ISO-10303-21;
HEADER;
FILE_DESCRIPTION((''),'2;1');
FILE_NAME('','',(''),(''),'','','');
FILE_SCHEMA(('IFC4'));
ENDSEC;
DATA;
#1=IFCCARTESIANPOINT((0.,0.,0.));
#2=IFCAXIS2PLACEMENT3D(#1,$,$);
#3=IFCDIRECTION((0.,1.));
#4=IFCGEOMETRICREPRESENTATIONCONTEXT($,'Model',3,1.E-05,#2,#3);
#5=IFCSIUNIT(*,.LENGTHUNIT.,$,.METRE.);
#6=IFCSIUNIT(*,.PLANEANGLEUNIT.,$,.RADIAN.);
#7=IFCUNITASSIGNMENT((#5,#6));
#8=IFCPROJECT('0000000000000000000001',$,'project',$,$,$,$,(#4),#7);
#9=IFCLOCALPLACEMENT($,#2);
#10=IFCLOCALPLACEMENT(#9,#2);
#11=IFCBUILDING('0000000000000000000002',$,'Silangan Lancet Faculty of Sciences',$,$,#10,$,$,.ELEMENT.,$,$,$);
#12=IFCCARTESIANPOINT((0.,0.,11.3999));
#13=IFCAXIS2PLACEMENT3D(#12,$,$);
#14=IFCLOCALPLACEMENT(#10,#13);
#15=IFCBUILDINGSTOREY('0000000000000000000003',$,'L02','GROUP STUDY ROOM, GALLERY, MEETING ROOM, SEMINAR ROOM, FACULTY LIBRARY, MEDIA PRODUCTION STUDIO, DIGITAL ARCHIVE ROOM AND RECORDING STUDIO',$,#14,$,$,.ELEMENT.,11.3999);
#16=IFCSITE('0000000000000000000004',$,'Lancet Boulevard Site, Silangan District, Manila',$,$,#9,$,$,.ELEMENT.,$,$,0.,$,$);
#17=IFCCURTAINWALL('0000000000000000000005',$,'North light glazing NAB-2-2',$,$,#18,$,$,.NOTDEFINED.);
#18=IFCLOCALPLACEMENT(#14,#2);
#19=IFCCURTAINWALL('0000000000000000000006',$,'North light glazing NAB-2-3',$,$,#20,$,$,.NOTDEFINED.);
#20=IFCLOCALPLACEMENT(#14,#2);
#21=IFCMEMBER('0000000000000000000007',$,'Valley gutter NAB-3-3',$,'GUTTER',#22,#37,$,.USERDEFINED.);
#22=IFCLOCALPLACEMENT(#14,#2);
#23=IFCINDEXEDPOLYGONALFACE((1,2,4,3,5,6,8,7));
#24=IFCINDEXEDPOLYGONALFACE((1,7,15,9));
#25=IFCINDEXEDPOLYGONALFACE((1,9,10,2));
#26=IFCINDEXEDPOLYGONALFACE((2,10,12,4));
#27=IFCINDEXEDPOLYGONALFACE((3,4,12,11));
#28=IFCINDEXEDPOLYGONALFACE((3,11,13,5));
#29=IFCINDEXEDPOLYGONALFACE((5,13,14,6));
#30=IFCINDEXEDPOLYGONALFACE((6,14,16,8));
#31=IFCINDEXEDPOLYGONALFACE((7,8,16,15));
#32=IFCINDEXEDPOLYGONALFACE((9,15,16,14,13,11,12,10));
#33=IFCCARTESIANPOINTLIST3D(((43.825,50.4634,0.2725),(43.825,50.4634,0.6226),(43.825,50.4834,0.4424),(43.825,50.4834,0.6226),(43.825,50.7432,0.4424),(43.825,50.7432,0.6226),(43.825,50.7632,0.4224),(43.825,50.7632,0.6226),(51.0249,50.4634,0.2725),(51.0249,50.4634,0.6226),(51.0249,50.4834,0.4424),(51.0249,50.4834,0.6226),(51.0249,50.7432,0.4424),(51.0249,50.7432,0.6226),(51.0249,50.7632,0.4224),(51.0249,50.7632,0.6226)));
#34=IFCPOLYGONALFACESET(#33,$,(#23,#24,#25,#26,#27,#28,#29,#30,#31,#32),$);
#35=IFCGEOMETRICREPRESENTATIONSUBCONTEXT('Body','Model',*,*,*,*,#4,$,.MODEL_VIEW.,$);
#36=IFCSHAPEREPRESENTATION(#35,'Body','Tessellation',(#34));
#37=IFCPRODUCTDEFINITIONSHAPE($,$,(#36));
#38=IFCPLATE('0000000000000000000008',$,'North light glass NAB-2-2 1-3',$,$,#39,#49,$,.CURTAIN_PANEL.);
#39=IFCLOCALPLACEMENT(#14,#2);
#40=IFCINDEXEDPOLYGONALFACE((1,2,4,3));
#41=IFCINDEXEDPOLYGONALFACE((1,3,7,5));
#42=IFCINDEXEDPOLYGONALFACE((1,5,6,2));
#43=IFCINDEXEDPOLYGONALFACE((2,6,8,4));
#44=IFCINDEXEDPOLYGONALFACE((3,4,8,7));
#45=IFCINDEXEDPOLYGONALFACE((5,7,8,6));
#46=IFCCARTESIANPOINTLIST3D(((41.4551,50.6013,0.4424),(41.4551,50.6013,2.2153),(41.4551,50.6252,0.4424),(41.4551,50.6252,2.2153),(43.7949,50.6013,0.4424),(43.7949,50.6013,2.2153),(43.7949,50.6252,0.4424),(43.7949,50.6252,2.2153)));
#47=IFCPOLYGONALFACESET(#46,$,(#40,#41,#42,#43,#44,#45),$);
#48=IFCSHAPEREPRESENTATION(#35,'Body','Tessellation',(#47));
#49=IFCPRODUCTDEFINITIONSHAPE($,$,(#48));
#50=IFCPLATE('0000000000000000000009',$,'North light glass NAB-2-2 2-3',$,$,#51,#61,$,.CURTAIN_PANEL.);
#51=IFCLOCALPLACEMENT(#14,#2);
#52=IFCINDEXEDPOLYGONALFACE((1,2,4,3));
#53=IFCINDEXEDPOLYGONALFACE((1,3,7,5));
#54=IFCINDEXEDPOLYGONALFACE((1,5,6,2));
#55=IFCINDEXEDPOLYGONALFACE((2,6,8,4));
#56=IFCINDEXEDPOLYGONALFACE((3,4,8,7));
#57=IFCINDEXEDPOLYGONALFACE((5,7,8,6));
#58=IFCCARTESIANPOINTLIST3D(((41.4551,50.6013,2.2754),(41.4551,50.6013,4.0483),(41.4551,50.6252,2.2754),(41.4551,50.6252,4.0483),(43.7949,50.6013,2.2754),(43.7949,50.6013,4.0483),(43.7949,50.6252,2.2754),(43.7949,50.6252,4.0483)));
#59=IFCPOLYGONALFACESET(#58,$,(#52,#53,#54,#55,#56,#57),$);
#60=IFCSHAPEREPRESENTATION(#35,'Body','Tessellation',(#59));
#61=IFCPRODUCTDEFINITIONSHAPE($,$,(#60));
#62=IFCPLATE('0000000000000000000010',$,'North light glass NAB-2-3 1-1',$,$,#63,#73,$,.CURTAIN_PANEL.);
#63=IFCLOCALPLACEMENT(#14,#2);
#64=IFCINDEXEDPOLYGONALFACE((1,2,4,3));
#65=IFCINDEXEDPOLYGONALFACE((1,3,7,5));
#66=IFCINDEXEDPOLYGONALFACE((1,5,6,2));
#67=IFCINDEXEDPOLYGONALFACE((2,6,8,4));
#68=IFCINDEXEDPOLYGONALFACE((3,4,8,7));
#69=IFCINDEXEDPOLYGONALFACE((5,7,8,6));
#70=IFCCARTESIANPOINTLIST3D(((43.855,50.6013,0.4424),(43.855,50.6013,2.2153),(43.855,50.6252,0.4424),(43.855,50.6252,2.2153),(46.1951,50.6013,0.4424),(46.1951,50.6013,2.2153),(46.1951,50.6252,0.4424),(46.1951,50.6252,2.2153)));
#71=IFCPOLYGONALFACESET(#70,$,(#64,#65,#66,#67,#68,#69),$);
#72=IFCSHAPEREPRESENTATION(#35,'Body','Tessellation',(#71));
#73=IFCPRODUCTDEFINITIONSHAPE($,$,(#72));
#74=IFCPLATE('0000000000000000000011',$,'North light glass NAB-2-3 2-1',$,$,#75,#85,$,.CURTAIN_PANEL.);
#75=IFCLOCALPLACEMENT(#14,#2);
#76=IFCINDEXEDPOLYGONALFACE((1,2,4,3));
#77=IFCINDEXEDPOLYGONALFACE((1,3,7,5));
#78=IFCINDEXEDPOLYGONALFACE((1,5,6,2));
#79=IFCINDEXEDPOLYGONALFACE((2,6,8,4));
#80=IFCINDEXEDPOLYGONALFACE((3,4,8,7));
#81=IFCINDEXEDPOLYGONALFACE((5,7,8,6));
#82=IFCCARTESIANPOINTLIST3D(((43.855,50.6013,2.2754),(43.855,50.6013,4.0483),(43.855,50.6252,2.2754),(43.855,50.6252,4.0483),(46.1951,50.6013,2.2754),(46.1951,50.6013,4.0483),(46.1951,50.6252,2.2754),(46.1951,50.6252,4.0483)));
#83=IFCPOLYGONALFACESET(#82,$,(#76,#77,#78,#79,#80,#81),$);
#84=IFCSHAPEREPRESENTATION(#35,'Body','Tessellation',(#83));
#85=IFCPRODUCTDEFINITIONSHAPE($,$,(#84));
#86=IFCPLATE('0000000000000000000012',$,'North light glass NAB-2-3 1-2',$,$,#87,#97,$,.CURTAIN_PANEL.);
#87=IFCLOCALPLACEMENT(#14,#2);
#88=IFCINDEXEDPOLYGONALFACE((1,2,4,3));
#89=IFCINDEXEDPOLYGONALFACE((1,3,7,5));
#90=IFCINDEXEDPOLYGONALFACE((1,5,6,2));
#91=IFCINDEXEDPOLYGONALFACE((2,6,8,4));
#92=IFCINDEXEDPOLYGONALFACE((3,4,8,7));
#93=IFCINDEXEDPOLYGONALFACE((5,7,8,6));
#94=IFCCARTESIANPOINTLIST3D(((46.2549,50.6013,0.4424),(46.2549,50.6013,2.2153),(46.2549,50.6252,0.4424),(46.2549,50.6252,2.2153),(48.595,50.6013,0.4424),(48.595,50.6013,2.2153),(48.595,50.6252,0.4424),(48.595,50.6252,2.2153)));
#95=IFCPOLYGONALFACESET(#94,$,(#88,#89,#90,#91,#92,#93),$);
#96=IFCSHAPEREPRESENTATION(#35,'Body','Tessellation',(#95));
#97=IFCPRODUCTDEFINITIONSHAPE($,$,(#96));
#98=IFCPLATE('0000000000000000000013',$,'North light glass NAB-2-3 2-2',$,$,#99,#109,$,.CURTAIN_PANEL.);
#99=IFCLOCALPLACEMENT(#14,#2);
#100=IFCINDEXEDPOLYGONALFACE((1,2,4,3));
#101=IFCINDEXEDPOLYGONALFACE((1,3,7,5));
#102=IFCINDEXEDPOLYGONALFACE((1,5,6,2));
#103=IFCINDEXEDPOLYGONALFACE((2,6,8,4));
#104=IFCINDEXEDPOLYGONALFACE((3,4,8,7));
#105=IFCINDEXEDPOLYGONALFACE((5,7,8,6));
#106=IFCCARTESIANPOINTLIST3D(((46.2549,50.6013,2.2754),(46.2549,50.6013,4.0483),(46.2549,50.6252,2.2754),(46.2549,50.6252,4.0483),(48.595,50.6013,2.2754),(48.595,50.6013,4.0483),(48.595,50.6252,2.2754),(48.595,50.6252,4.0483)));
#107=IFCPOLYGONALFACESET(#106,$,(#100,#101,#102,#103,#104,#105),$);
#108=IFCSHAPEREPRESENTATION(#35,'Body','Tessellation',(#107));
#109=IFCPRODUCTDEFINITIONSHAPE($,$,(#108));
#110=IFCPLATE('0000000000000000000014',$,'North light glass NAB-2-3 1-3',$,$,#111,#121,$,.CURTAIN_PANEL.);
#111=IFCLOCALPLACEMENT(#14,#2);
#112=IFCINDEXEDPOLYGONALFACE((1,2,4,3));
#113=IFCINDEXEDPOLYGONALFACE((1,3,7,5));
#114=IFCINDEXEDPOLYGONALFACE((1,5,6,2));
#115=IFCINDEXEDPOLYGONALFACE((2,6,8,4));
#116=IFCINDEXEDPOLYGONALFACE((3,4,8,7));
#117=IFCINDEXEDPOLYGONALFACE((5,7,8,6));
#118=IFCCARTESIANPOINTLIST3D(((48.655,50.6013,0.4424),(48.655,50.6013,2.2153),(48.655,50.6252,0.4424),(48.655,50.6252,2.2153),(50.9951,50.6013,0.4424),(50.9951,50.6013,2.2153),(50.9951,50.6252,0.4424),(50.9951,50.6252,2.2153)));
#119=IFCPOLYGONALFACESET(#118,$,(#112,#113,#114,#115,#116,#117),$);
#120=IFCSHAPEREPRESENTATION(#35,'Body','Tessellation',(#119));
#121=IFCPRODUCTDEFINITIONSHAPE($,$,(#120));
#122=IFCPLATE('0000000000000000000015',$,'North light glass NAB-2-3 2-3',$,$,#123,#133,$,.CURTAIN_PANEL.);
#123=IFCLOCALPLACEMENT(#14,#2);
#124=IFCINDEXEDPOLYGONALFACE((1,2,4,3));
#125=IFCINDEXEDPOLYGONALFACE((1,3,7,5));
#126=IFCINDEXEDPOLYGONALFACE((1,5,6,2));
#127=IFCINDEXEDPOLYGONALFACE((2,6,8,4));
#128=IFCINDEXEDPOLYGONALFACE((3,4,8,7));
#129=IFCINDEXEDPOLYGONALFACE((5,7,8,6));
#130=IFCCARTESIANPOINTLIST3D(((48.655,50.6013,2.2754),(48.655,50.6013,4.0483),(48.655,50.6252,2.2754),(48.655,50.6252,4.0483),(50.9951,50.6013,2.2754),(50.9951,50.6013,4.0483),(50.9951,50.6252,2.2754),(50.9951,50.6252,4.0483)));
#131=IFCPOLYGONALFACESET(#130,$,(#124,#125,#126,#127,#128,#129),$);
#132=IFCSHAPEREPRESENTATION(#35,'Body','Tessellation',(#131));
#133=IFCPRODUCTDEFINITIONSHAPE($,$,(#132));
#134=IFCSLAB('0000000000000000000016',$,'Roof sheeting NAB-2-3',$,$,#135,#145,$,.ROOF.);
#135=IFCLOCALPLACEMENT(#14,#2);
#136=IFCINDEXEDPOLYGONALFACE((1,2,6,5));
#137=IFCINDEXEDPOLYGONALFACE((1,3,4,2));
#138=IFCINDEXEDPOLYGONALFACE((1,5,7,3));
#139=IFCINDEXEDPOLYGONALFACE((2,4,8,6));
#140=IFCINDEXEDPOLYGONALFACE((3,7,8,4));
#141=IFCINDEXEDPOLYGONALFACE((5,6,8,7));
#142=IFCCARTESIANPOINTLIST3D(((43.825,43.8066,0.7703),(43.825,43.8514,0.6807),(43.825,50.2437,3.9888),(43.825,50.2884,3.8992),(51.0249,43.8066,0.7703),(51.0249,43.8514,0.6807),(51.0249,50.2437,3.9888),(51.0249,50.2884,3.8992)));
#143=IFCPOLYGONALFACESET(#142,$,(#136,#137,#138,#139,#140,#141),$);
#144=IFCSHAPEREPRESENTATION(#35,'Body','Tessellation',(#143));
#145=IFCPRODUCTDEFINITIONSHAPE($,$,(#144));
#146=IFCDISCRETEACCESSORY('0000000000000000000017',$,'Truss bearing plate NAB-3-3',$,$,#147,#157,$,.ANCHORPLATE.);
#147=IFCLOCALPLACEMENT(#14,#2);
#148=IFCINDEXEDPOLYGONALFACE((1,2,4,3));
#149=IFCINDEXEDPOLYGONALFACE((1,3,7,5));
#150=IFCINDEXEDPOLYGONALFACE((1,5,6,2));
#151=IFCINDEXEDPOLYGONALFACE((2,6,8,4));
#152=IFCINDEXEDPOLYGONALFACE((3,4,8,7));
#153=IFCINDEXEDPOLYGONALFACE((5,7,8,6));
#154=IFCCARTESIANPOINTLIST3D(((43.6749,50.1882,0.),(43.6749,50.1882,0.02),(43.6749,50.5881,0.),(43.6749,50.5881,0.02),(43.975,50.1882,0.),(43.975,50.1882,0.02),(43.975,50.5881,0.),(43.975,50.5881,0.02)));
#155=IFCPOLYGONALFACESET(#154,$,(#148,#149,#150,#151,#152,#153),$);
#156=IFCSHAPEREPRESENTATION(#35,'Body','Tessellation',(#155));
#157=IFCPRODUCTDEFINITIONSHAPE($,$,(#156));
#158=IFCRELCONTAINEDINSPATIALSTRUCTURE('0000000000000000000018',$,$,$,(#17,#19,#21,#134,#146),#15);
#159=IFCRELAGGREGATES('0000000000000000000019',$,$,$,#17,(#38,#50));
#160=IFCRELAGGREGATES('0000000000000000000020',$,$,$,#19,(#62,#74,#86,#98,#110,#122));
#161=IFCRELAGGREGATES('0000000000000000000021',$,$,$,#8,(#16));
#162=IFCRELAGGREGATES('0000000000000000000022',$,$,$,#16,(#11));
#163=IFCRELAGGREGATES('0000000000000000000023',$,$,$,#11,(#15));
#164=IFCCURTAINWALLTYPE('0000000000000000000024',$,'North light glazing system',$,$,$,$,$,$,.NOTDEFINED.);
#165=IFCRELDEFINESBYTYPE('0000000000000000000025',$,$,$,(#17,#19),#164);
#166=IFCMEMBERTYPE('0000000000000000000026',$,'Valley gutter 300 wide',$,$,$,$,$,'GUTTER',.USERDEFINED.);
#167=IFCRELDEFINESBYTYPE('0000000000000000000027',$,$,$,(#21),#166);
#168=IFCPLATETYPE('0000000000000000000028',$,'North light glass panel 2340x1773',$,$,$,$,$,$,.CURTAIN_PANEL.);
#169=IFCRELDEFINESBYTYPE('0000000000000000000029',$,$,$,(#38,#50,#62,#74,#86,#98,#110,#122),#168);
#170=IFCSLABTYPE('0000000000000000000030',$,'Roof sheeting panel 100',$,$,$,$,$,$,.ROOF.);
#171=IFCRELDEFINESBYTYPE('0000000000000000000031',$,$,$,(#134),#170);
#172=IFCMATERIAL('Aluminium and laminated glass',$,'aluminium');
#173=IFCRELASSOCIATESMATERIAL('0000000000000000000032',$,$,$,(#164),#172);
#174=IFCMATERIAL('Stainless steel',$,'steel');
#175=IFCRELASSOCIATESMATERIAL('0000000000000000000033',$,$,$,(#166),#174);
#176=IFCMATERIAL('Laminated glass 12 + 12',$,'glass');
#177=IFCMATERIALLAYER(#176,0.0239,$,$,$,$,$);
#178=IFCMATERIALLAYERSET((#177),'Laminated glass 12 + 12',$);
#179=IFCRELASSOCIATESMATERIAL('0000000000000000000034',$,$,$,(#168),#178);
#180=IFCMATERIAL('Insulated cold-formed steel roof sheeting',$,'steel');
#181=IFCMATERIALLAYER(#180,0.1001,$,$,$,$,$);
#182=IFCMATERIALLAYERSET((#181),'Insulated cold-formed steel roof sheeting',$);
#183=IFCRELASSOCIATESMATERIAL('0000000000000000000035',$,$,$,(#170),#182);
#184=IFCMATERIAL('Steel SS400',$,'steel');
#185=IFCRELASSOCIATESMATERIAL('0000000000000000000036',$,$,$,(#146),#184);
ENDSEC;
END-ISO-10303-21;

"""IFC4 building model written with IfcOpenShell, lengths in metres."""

from ifc_helpers import new_model, si_unit, direction, frame, origin, origin_2d, place, context, subcontext, project, spatial, polyline, rectangle, outline, extrude, material, layer, layer_set, material_profile, profile_set, type_object, element, aggregate, save


model = new_model("IFC4")

# Units and contexts
model_context = context("Model", 3, precision=1e-05, world=origin(), true_north=direction((0.0, 1.0)))
body_context = subcontext(model_context, "Body", "Model", "MODEL_VIEW")
ifc_project = project(units=[si_unit("LENGTHUNIT", "METRE"), si_unit("PLANEANGLEUNIT", "RADIAN")], contexts=[model_context])

# Site, building, storey
site_placement = place(None, origin())
site = spatial("IfcSite", under=ifc_project, at=site_placement, Name="Lancet Boulevard Site, Silangan District, Manila", CompositionType="ELEMENT", RefElevation=0.0)
building_placement = place(site_placement, origin())
building = spatial("IfcBuilding", under=site, at=building_placement, Name="Silangan Lancet Faculty of Sciences", CompositionType="ELEMENT")
storey_placement = place(building_placement, frame((0.0, 0.0, 11.3999)))
storey = spatial("IfcBuildingStorey", under=building, at=storey_placement, Name="L02", Description="GROUP STUDY ROOM, GALLERY, MEETING ROOM, SEMINAR ROOM, FACULTY LIBRARY, MEDIA PRODUCTION STUDIO, DIGITAL ARCHIVE ROOM AND RECORDING STUDIO", CompositionType="ELEMENT", Elevation=11.3999)

# Curtain wall
ifc_material_1 = material(Name="Aluminium and laminated glass", Category="aluminium")
curtain_wall_type = type_object("IfcCurtainWallType", Name="North light glazing system", PredefinedType="NOTDEFINED", material=ifc_material_1)
curtain_wall_1_placement = place(storey_placement, origin())
curtain_wall_1 = element("IfcCurtainWall", 1, at=curtain_wall_1_placement, inside=storey, type_object=curtain_wall_type, Name="North light glazing NAB-2-2", PredefinedType="NOTDEFINED")

# Curtain wall
curtain_wall_2_placement = place(storey_placement, origin())
curtain_wall_2 = element("IfcCurtainWall", 2, at=curtain_wall_2_placement, inside=storey, type_object=curtain_wall_type, Name="North light glazing NAB-2-3", PredefinedType="NOTDEFINED")

# Member
ifc_material_2 = material(Name="Stainless steel", Category="steel")
ifc_material_profile_1 = material_profile(ifc_material_2, outline(polyline([(-0.1499, 0.0), (0.1499, 0.1499), (0.1499, 0.3501), (0.1299, 0.3501), (0.1299, 0.1699), (-0.1299, 0.1699), (-0.1299, 0.3501), (-0.1499, 0.3501), (-0.1499, 0.0)])), Name="valley gutter")
ifc_profile_set_1 = profile_set([ifc_material_profile_1], Name="Stainless steel")
member_type_1 = type_object("IfcMemberType", Name="Valley gutter 300 wide", ElementType="GUTTER", PredefinedType="USERDEFINED", material=ifc_profile_set_1)
member_1_placement = place(storey_placement, frame((43.825, 50.6133, 0.2725), z_axis=(1.0, 0.0, 0.0), x_axis=(0.0, 1.0, 0.0)))
element("IfcMember", 3, at=member_1_placement, inside=storey, type_object=member_type_1, Name="Valley gutter NAB-3-3", ObjectType="GUTTER", PredefinedType="USERDEFINED", context=body_context, shape_type="SweptSolid", body=[
    extrude(outline(polyline([(-0.1499, 0.0), (0.1499, 0.1499), (0.1499, 0.3501), (0.1299, 0.3501), (0.1299, 0.1699), (-0.1299, 0.1699), (-0.1299, 0.3501), (-0.1499, 0.3501), (-0.1499, 0.0)])), origin(), (0.0, 0.0, 1.0), 7.2),
])

# Plates
ifc_material_3 = material(Name="Laminated glass 12 + 12", Category="glass")
ifc_layer_1 = layer(ifc_material_3, 0.0239)
ifc_layer_set_1 = layer_set([ifc_layer_1], Name="Laminated glass 12 + 12")
plate_type = type_object("IfcPlateType", Name="North light glass panel 2340x1773", PredefinedType="CURTAIN_PANEL", material=ifc_layer_set_1)
plate_1_placement = place(storey_placement, frame((41.4551, 50.6013, 0.4424), z_axis=(0.0, -1.0, 0.0), x_axis=(1.0, 0.0, 0.0)))
plate_1 = element("IfcPlate", 4, at=plate_1_placement, type_object=plate_type, Name="North light glass NAB-2-2 1-3", PredefinedType="CURTAIN_PANEL", context=body_context, shape_type="SweptSolid", body=[
    extrude(outline(polyline([(0.0, 0.0), (2.3398, 0.0), (2.3398, 1.7729), (0.0, 1.7729), (0.0, 0.0)])), origin(), (0.0, 0.0, -1.0), 0.0239),
])
plate_2_placement = place(storey_placement, frame((41.4551, 50.6013, 2.2754), z_axis=(0.0, -1.0, 0.0), x_axis=(1.0, 0.0, 0.0)))
plate_2 = element("IfcPlate", 5, at=plate_2_placement, type_object=plate_type, Name="North light glass NAB-2-2 2-3", PredefinedType="CURTAIN_PANEL", context=body_context, shape_type="SweptSolid", body=[
    extrude(outline(polyline([(0.0, 0.0), (2.3398, 0.0), (2.3398, 1.7729), (0.0, 1.7729), (0.0, 0.0)])), origin(), (0.0, 0.0, -1.0), 0.0239),
])
aggregate(curtain_wall_1, [plate_1, plate_2])
plate_3_placement = place(storey_placement, frame((43.855, 50.6013, 0.4424), z_axis=(0.0, -1.0, 0.0), x_axis=(1.0, 0.0, 0.0)))
plate_3 = element("IfcPlate", 6, at=plate_3_placement, type_object=plate_type, Name="North light glass NAB-2-3 1-1", PredefinedType="CURTAIN_PANEL", context=body_context, shape_type="SweptSolid", body=[
    extrude(outline(polyline([(0.0, 0.0), (2.3401, 0.0), (2.3401, 1.7729), (0.0, 1.7729), (0.0, 0.0)])), origin(), (0.0, 0.0, -1.0), 0.0239),
])
plate_4_placement = place(storey_placement, frame((43.855, 50.6013, 2.2754), z_axis=(0.0, -1.0, 0.0), x_axis=(1.0, 0.0, 0.0)))
plate_4 = element("IfcPlate", 7, at=plate_4_placement, type_object=plate_type, Name="North light glass NAB-2-3 2-1", PredefinedType="CURTAIN_PANEL", context=body_context, shape_type="SweptSolid", body=[
    extrude(outline(polyline([(0.0, 0.0), (2.3401, 0.0), (2.3401, 1.7729), (0.0, 1.7729), (0.0, 0.0)])), origin(), (0.0, 0.0, -1.0), 0.0239),
])
plate_5_placement = place(storey_placement, frame((46.2549, 50.6013, 0.4424), z_axis=(0.0, -1.0, 0.0), x_axis=(1.0, 0.0, 0.0)))
plate_5 = element("IfcPlate", 8, at=plate_5_placement, type_object=plate_type, Name="North light glass NAB-2-3 1-2", PredefinedType="CURTAIN_PANEL", context=body_context, shape_type="SweptSolid", body=[
    extrude(outline(polyline([(0.0, 0.0), (2.3401, 0.0), (2.3401, 1.7729), (0.0, 1.7729), (0.0, 0.0)])), origin(), (0.0, 0.0, -1.0), 0.0239),
])
plate_6_placement = place(storey_placement, frame((46.2549, 50.6013, 2.2754), z_axis=(0.0, -1.0, 0.0), x_axis=(1.0, 0.0, 0.0)))
plate_6 = element("IfcPlate", 9, at=plate_6_placement, type_object=plate_type, Name="North light glass NAB-2-3 2-2", PredefinedType="CURTAIN_PANEL", context=body_context, shape_type="SweptSolid", body=[
    extrude(outline(polyline([(0.0, 0.0), (2.3401, 0.0), (2.3401, 1.7729), (0.0, 1.7729), (0.0, 0.0)])), origin(), (0.0, 0.0, -1.0), 0.0239),
])
plate_7_placement = place(storey_placement, frame((48.655, 50.6013, 0.4424), z_axis=(0.0, -1.0, 0.0), x_axis=(1.0, 0.0, 0.0)))
plate_7 = element("IfcPlate", 10, at=plate_7_placement, type_object=plate_type, Name="North light glass NAB-2-3 1-3", PredefinedType="CURTAIN_PANEL", context=body_context, shape_type="SweptSolid", body=[
    extrude(outline(polyline([(0.0, 0.0), (2.3401, 0.0), (2.3401, 1.7729), (0.0, 1.7729), (0.0, 0.0)])), origin(), (0.0, 0.0, -1.0), 0.0239),
])
plate_8_placement = place(storey_placement, frame((48.655, 50.6013, 2.2754), z_axis=(0.0, -1.0, 0.0), x_axis=(1.0, 0.0, 0.0)))
plate_8 = element("IfcPlate", 11, at=plate_8_placement, type_object=plate_type, Name="North light glass NAB-2-3 2-3", PredefinedType="CURTAIN_PANEL", context=body_context, shape_type="SweptSolid", body=[
    extrude(outline(polyline([(0.0, 0.0), (2.3401, 0.0), (2.3401, 1.7729), (0.0, 1.7729), (0.0, 0.0)])), origin(), (0.0, 0.0, -1.0), 0.0239),
])
aggregate(curtain_wall_2, [plate_3, plate_4, plate_5, plate_6, plate_7, plate_8])

# Slab
ifc_material_4 = material(Name="Insulated cold-formed steel roof sheeting", Category="steel")
ifc_layer_2 = layer(ifc_material_4, 0.1001)
ifc_layer_set_2 = layer_set([ifc_layer_2], Name="Insulated cold-formed steel roof sheeting")
slab_type = type_object("IfcSlabType", Name="Roof sheeting panel 100", PredefinedType="ROOF", material=ifc_layer_set_2)
slab_placement = place(storey_placement, frame((43.825, 43.8066, 0.7703), z_axis=(0.0, -0.447214, 0.894427), x_axis=(1.0, 0.0, 0.0)))
element("IfcSlab", 12, at=slab_placement, inside=storey, type_object=slab_type, Name="Roof sheeting NAB-2-3", PredefinedType="ROOF", context=body_context, shape_type="SweptSolid", body=[
    extrude(outline(polyline([(0.0, 0.0), (7.2, 0.0), (7.2, 7.1968), (0.0, 7.1968), (0.0, 0.0)])), origin(), (0.0, 0.0, -1.0), 0.1001),
])

# Discrete accessory
ifc_material_5 = material(Name="Steel SS400", Category="steel")
discrete_accessory_placement = place(storey_placement, frame((43.825, 50.3882, 0.0), z_axis=(0.0, 0.0, 1.0), x_axis=(1.0, 0.0, 0.0)))
element("IfcDiscreteAccessory", 13, at=discrete_accessory_placement, inside=storey, material=ifc_material_5, Name="Truss bearing plate NAB-3-3", PredefinedType="ANCHORPLATE", context=body_context, shape_type="SweptSolid", body=[
    extrude(rectangle(XDim=0.3, YDim=0.3999, at=origin_2d()), origin(), (0.0, 0.0, 1.0), 0.02),
])

save(model, "model.ifc")
